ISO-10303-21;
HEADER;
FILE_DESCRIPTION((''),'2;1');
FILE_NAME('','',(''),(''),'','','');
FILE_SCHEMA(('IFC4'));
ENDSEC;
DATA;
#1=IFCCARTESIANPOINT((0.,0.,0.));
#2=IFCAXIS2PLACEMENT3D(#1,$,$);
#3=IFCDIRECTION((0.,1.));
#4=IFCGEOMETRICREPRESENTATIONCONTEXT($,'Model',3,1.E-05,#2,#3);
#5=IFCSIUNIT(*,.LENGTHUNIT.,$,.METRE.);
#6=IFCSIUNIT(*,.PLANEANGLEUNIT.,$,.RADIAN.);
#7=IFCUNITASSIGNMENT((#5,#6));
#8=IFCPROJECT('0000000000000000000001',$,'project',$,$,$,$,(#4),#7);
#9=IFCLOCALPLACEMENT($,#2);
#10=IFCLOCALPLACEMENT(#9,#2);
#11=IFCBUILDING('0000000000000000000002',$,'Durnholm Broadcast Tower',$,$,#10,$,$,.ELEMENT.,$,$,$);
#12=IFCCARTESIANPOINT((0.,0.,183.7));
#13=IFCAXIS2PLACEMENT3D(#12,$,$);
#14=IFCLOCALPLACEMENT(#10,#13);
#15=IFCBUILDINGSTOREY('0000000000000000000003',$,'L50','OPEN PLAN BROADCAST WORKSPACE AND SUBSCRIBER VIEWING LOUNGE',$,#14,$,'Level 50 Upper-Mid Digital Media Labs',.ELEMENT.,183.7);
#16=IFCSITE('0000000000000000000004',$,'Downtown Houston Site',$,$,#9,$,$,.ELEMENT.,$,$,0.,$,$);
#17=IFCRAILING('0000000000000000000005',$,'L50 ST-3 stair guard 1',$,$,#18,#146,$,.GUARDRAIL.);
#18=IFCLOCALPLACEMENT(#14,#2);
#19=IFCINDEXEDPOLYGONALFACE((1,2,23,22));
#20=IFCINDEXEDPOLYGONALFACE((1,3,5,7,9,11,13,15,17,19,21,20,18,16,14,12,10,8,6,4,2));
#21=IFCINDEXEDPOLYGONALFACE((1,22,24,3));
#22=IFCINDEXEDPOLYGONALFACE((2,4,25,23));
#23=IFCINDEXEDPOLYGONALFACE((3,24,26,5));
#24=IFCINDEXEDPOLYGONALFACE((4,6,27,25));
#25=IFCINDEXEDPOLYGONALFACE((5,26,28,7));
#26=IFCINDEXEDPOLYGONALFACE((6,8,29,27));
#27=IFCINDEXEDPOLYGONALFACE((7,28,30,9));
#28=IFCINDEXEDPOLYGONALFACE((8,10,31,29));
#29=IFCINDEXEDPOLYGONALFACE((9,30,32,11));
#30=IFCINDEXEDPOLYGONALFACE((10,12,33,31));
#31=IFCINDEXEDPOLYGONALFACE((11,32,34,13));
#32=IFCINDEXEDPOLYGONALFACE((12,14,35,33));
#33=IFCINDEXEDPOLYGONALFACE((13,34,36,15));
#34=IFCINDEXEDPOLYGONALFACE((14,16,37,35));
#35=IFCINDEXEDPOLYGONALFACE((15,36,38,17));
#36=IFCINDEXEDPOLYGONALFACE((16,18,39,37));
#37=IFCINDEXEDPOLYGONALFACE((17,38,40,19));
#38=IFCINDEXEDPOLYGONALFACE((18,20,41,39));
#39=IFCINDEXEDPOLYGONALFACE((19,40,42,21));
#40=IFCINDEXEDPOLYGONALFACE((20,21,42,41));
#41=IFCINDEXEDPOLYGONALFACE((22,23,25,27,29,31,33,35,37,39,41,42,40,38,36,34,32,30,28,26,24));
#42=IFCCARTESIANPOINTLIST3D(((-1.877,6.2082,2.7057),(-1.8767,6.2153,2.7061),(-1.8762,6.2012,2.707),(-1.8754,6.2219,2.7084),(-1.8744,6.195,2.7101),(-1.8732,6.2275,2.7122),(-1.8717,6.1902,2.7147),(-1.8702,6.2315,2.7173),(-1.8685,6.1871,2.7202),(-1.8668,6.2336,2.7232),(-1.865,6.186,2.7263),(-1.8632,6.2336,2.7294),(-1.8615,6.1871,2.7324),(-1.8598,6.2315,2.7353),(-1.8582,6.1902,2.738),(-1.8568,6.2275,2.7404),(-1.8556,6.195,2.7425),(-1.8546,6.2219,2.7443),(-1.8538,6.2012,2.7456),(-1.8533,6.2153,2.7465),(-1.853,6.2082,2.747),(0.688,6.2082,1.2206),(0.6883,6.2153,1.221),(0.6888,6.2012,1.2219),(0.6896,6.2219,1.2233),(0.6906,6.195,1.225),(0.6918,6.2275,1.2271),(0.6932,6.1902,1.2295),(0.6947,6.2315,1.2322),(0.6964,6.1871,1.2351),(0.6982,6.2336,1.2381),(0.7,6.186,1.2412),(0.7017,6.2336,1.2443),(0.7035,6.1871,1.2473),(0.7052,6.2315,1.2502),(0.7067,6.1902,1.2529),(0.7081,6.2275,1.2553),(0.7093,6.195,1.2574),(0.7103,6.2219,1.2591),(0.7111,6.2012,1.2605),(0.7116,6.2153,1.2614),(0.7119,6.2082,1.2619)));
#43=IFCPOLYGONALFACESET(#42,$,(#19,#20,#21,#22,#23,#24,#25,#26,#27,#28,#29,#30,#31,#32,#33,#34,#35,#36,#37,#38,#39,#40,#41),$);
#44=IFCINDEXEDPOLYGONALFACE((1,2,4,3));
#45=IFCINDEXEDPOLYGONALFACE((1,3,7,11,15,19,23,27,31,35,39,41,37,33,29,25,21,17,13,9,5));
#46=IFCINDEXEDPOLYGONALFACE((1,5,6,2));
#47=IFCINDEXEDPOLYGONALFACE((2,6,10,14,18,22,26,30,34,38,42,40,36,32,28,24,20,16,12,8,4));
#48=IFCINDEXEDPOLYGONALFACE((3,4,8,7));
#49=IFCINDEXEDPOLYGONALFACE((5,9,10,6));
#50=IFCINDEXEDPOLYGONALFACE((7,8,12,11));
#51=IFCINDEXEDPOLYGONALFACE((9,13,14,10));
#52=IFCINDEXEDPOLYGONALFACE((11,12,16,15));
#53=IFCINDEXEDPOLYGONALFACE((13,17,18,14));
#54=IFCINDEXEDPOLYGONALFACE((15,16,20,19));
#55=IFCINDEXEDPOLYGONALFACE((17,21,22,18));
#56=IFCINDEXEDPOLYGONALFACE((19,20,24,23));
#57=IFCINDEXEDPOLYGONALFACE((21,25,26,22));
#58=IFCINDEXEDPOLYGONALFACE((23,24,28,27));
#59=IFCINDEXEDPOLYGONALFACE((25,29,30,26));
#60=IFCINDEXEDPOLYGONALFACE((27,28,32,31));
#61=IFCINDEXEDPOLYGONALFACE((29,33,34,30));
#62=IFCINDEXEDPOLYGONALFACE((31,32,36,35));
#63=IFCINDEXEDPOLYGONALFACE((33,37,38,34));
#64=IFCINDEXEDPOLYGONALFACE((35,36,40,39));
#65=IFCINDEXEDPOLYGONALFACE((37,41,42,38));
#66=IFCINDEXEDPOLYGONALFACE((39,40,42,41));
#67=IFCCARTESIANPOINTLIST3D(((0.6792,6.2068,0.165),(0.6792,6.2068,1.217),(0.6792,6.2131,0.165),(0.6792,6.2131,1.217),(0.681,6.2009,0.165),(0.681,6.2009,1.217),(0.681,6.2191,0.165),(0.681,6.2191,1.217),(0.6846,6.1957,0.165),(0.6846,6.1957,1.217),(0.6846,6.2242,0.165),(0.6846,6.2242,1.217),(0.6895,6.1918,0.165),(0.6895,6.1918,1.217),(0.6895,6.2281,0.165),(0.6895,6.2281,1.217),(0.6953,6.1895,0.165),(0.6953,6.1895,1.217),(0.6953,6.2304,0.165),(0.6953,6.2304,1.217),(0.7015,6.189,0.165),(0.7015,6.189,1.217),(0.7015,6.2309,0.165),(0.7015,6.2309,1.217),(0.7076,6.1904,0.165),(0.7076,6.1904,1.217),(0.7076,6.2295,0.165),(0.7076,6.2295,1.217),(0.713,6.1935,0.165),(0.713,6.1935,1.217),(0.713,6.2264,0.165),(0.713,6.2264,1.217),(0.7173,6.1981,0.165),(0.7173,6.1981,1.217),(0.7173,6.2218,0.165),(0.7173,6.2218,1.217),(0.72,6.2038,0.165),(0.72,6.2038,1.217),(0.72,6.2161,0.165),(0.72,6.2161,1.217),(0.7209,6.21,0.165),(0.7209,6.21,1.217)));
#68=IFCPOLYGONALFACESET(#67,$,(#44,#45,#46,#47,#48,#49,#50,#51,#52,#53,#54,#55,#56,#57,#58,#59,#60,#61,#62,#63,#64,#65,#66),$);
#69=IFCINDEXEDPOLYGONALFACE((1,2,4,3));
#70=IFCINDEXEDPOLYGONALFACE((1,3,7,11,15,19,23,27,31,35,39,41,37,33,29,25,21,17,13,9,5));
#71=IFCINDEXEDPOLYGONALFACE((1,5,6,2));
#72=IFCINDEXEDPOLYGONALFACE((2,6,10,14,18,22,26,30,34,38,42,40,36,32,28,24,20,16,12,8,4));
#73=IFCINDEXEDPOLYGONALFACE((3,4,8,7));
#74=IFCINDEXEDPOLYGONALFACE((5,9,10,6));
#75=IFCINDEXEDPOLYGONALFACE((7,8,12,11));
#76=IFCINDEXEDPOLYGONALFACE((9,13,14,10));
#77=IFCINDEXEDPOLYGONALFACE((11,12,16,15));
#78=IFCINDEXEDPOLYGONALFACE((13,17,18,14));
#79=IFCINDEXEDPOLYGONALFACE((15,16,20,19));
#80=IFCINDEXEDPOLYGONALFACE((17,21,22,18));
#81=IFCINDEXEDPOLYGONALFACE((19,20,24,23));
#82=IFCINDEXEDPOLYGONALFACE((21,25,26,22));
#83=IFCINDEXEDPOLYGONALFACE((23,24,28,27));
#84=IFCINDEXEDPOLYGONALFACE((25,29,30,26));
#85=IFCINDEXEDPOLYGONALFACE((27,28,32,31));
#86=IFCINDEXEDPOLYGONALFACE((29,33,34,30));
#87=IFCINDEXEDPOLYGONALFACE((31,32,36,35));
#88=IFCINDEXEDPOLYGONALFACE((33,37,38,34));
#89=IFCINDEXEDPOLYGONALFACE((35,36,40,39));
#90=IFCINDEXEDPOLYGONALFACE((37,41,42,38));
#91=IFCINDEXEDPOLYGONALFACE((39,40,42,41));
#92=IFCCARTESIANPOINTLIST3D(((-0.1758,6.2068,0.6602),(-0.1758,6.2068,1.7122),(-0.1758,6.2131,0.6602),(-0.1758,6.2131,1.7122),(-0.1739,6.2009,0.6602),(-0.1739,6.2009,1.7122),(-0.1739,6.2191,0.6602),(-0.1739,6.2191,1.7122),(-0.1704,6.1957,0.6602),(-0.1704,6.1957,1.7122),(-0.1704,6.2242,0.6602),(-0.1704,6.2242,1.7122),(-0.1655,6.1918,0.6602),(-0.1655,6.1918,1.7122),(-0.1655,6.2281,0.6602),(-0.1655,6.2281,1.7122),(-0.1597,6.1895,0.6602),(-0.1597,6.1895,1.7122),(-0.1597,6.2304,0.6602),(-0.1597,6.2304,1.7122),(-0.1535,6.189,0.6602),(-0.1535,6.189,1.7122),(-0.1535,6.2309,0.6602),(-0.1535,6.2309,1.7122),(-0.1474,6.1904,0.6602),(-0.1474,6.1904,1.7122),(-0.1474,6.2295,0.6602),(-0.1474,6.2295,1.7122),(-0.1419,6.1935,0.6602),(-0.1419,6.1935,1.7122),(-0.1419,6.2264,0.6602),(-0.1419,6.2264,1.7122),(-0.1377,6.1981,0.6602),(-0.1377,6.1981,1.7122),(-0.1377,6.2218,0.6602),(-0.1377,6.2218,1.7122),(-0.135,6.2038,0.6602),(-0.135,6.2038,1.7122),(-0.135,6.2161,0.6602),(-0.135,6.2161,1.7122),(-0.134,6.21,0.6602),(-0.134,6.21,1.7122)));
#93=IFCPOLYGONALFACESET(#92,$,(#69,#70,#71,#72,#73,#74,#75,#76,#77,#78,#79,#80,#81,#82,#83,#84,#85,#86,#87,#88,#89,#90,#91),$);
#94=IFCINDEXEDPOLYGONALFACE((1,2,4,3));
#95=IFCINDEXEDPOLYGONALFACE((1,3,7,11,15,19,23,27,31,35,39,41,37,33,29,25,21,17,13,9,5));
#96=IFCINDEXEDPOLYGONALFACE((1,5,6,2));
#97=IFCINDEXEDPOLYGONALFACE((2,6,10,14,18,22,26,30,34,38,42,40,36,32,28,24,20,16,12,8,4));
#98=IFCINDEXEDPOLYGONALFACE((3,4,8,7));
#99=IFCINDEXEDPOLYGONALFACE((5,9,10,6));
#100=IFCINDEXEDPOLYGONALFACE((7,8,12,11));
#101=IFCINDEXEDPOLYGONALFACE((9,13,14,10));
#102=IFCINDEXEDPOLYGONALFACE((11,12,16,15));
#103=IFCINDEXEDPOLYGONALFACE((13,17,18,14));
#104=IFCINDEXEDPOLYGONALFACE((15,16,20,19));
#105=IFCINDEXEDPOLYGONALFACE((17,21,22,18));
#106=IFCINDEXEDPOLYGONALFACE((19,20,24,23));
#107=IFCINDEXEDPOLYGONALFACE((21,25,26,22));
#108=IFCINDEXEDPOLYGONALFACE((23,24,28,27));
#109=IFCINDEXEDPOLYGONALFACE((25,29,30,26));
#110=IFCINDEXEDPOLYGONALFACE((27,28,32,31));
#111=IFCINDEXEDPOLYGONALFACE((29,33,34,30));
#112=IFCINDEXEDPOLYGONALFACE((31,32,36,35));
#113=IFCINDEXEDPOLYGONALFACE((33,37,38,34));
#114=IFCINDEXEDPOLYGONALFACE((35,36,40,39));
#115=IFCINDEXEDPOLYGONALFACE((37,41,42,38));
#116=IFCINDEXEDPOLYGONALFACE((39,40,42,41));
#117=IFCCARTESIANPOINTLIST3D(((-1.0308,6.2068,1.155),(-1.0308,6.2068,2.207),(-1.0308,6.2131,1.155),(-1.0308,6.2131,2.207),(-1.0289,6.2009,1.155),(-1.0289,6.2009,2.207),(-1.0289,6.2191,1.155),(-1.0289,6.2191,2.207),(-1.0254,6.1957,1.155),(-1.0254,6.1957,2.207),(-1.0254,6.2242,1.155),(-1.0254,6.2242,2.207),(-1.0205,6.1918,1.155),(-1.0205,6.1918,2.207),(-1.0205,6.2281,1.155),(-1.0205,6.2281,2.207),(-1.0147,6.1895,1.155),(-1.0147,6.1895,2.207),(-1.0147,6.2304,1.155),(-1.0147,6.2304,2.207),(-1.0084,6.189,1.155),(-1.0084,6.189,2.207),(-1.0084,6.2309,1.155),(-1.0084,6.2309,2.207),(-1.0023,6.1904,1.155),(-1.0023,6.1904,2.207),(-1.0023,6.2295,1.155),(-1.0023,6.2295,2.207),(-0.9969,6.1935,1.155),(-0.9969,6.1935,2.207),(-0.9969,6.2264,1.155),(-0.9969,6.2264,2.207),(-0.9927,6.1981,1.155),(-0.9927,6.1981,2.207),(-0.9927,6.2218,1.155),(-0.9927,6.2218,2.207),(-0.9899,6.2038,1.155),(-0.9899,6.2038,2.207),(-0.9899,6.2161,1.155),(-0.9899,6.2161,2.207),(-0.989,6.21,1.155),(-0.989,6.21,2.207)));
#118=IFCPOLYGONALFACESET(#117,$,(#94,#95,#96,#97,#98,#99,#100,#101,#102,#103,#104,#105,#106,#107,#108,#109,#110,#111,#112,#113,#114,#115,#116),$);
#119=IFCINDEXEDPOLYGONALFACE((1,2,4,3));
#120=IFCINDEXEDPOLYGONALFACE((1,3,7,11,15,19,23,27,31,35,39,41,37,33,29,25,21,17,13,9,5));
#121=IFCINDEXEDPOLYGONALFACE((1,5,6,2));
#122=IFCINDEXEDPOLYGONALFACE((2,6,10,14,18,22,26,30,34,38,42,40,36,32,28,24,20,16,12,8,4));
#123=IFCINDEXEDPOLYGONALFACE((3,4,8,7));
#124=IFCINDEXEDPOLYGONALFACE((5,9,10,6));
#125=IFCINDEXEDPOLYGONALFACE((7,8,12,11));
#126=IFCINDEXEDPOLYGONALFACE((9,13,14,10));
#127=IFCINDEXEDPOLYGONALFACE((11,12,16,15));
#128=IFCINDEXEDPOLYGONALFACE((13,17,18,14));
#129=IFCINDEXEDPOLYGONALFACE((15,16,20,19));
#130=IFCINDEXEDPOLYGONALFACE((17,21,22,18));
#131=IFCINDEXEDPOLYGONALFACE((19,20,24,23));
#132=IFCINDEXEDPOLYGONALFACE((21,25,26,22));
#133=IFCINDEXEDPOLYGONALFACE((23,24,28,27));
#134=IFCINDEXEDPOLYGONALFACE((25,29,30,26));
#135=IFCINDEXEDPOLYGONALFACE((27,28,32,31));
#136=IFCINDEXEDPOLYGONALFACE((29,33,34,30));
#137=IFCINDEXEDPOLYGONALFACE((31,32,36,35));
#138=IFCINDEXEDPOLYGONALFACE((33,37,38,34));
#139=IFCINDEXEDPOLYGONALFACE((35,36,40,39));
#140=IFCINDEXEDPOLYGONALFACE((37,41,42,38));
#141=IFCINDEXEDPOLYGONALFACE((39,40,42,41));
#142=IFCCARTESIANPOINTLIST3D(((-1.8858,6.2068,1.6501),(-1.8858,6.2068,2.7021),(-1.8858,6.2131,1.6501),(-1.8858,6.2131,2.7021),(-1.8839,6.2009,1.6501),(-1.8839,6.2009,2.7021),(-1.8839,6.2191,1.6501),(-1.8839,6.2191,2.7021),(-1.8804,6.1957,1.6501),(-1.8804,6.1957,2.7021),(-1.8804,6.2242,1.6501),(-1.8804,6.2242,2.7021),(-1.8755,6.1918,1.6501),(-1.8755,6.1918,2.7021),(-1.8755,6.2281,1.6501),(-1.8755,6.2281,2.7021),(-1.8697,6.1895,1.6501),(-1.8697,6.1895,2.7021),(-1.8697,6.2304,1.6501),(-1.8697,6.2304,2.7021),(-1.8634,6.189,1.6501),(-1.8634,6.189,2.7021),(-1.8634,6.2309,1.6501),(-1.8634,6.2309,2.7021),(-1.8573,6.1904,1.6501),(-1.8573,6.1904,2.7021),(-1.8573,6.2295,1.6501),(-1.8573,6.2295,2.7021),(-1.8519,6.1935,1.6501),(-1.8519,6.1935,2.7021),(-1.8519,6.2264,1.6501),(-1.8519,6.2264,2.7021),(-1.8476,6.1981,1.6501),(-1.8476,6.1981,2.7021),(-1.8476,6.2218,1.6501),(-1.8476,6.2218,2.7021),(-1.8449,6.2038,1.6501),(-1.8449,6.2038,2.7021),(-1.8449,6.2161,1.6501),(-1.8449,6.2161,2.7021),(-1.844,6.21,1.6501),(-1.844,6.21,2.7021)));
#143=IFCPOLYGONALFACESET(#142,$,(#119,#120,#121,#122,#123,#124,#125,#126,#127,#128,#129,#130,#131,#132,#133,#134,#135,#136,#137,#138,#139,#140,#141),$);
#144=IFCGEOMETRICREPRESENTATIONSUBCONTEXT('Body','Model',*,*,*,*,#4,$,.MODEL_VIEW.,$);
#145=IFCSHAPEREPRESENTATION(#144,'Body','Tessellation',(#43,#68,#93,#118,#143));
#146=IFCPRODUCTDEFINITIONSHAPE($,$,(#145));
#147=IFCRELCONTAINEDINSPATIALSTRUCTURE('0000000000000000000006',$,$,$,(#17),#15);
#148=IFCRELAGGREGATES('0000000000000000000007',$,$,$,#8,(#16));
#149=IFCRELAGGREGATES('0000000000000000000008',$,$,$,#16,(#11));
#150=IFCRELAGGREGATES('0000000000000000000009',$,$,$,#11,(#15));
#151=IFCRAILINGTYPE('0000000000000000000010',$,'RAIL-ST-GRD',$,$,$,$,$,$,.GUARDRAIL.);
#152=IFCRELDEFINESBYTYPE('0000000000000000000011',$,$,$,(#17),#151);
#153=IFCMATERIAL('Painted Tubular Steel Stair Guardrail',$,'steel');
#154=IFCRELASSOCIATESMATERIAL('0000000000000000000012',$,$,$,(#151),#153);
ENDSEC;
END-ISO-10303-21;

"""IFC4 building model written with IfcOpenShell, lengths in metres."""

from ifc_helpers import new_model, si_unit, direction, frame, origin, origin_2d, place, context, subcontext, project, spatial, circle, extrude, material, type_object, element, save


model = new_model("IFC4")

# Units and contexts
model_context = context("Model", 3, precision=1e-05, world=origin(), true_north=direction((0.0, 1.0)))
body_context = subcontext(model_context, "Body", "Model", "MODEL_VIEW")
ifc_project = project(units=[si_unit("LENGTHUNIT", "METRE"), si_unit("PLANEANGLEUNIT", "RADIAN")], contexts=[model_context])

# Site, building, storey
site_placement = place(None, origin())
site = spatial("IfcSite", under=ifc_project, at=site_placement, Name="Downtown Houston Site", CompositionType="ELEMENT", RefElevation=0.0)
building_placement = place(site_placement, origin())
building = spatial("IfcBuilding", under=site, at=building_placement, Name="Durnholm Broadcast Tower", CompositionType="ELEMENT")
storey_placement = place(building_placement, frame((0.0, 0.0, 183.7)))
storey = spatial("IfcBuildingStorey", under=building, at=storey_placement, Name="L50", Description="OPEN PLAN BROADCAST WORKSPACE AND SUBSCRIBER VIEWING LOUNGE", LongName="Level 50 Upper-Mid Digital Media Labs", CompositionType="ELEMENT", Elevation=183.7)

# Railing
ifc_material_1 = material(Name="Painted Tubular Steel Stair Guardrail", Category="steel")
railing_type_1 = type_object("IfcRailingType", Name="RAIL-ST-GRD", PredefinedType="GUARDRAIL", material=ifc_material_1)
railing_1_placement = place(storey_placement, frame((0.7, 6.21, 0.165)))
element("IfcRailing", 1, at=railing_1_placement, inside=storey, type_object=railing_type_1, Name="L50 ST-3 stair guard 1", PredefinedType="GUARDRAIL", context=body_context, shape_type="SweptSolid", body=[
    extrude(circle(Radius=0.0239, at=origin_2d()), frame((0.0, 0.0, 1.0762), z_axis=(-0.865406, 0.0, 0.501072), x_axis=(0.0, -1.0, 0.0)), (0.0, 0.0, 1.0), 2.9639),
    extrude(circle(Radius=0.021, at=origin_2d()), origin(), (0.0, 0.0, 1.0), 1.052),
    extrude(circle(Radius=0.021, at=origin_2d()), frame((-0.855, 0.0, 0.4951)), (0.0, 0.0, 1.0), 1.052),
    extrude(circle(Radius=0.021, at=origin_2d()), frame((-1.71, 0.0, 0.99)), (0.0, 0.0, 1.0), 1.052),
    extrude(circle(Radius=0.021, at=origin_2d()), frame((-2.5649, 0.0, 1.4851)), (0.0, 0.0, 1.0), 1.052),
])

save(model, "model.ifc")
